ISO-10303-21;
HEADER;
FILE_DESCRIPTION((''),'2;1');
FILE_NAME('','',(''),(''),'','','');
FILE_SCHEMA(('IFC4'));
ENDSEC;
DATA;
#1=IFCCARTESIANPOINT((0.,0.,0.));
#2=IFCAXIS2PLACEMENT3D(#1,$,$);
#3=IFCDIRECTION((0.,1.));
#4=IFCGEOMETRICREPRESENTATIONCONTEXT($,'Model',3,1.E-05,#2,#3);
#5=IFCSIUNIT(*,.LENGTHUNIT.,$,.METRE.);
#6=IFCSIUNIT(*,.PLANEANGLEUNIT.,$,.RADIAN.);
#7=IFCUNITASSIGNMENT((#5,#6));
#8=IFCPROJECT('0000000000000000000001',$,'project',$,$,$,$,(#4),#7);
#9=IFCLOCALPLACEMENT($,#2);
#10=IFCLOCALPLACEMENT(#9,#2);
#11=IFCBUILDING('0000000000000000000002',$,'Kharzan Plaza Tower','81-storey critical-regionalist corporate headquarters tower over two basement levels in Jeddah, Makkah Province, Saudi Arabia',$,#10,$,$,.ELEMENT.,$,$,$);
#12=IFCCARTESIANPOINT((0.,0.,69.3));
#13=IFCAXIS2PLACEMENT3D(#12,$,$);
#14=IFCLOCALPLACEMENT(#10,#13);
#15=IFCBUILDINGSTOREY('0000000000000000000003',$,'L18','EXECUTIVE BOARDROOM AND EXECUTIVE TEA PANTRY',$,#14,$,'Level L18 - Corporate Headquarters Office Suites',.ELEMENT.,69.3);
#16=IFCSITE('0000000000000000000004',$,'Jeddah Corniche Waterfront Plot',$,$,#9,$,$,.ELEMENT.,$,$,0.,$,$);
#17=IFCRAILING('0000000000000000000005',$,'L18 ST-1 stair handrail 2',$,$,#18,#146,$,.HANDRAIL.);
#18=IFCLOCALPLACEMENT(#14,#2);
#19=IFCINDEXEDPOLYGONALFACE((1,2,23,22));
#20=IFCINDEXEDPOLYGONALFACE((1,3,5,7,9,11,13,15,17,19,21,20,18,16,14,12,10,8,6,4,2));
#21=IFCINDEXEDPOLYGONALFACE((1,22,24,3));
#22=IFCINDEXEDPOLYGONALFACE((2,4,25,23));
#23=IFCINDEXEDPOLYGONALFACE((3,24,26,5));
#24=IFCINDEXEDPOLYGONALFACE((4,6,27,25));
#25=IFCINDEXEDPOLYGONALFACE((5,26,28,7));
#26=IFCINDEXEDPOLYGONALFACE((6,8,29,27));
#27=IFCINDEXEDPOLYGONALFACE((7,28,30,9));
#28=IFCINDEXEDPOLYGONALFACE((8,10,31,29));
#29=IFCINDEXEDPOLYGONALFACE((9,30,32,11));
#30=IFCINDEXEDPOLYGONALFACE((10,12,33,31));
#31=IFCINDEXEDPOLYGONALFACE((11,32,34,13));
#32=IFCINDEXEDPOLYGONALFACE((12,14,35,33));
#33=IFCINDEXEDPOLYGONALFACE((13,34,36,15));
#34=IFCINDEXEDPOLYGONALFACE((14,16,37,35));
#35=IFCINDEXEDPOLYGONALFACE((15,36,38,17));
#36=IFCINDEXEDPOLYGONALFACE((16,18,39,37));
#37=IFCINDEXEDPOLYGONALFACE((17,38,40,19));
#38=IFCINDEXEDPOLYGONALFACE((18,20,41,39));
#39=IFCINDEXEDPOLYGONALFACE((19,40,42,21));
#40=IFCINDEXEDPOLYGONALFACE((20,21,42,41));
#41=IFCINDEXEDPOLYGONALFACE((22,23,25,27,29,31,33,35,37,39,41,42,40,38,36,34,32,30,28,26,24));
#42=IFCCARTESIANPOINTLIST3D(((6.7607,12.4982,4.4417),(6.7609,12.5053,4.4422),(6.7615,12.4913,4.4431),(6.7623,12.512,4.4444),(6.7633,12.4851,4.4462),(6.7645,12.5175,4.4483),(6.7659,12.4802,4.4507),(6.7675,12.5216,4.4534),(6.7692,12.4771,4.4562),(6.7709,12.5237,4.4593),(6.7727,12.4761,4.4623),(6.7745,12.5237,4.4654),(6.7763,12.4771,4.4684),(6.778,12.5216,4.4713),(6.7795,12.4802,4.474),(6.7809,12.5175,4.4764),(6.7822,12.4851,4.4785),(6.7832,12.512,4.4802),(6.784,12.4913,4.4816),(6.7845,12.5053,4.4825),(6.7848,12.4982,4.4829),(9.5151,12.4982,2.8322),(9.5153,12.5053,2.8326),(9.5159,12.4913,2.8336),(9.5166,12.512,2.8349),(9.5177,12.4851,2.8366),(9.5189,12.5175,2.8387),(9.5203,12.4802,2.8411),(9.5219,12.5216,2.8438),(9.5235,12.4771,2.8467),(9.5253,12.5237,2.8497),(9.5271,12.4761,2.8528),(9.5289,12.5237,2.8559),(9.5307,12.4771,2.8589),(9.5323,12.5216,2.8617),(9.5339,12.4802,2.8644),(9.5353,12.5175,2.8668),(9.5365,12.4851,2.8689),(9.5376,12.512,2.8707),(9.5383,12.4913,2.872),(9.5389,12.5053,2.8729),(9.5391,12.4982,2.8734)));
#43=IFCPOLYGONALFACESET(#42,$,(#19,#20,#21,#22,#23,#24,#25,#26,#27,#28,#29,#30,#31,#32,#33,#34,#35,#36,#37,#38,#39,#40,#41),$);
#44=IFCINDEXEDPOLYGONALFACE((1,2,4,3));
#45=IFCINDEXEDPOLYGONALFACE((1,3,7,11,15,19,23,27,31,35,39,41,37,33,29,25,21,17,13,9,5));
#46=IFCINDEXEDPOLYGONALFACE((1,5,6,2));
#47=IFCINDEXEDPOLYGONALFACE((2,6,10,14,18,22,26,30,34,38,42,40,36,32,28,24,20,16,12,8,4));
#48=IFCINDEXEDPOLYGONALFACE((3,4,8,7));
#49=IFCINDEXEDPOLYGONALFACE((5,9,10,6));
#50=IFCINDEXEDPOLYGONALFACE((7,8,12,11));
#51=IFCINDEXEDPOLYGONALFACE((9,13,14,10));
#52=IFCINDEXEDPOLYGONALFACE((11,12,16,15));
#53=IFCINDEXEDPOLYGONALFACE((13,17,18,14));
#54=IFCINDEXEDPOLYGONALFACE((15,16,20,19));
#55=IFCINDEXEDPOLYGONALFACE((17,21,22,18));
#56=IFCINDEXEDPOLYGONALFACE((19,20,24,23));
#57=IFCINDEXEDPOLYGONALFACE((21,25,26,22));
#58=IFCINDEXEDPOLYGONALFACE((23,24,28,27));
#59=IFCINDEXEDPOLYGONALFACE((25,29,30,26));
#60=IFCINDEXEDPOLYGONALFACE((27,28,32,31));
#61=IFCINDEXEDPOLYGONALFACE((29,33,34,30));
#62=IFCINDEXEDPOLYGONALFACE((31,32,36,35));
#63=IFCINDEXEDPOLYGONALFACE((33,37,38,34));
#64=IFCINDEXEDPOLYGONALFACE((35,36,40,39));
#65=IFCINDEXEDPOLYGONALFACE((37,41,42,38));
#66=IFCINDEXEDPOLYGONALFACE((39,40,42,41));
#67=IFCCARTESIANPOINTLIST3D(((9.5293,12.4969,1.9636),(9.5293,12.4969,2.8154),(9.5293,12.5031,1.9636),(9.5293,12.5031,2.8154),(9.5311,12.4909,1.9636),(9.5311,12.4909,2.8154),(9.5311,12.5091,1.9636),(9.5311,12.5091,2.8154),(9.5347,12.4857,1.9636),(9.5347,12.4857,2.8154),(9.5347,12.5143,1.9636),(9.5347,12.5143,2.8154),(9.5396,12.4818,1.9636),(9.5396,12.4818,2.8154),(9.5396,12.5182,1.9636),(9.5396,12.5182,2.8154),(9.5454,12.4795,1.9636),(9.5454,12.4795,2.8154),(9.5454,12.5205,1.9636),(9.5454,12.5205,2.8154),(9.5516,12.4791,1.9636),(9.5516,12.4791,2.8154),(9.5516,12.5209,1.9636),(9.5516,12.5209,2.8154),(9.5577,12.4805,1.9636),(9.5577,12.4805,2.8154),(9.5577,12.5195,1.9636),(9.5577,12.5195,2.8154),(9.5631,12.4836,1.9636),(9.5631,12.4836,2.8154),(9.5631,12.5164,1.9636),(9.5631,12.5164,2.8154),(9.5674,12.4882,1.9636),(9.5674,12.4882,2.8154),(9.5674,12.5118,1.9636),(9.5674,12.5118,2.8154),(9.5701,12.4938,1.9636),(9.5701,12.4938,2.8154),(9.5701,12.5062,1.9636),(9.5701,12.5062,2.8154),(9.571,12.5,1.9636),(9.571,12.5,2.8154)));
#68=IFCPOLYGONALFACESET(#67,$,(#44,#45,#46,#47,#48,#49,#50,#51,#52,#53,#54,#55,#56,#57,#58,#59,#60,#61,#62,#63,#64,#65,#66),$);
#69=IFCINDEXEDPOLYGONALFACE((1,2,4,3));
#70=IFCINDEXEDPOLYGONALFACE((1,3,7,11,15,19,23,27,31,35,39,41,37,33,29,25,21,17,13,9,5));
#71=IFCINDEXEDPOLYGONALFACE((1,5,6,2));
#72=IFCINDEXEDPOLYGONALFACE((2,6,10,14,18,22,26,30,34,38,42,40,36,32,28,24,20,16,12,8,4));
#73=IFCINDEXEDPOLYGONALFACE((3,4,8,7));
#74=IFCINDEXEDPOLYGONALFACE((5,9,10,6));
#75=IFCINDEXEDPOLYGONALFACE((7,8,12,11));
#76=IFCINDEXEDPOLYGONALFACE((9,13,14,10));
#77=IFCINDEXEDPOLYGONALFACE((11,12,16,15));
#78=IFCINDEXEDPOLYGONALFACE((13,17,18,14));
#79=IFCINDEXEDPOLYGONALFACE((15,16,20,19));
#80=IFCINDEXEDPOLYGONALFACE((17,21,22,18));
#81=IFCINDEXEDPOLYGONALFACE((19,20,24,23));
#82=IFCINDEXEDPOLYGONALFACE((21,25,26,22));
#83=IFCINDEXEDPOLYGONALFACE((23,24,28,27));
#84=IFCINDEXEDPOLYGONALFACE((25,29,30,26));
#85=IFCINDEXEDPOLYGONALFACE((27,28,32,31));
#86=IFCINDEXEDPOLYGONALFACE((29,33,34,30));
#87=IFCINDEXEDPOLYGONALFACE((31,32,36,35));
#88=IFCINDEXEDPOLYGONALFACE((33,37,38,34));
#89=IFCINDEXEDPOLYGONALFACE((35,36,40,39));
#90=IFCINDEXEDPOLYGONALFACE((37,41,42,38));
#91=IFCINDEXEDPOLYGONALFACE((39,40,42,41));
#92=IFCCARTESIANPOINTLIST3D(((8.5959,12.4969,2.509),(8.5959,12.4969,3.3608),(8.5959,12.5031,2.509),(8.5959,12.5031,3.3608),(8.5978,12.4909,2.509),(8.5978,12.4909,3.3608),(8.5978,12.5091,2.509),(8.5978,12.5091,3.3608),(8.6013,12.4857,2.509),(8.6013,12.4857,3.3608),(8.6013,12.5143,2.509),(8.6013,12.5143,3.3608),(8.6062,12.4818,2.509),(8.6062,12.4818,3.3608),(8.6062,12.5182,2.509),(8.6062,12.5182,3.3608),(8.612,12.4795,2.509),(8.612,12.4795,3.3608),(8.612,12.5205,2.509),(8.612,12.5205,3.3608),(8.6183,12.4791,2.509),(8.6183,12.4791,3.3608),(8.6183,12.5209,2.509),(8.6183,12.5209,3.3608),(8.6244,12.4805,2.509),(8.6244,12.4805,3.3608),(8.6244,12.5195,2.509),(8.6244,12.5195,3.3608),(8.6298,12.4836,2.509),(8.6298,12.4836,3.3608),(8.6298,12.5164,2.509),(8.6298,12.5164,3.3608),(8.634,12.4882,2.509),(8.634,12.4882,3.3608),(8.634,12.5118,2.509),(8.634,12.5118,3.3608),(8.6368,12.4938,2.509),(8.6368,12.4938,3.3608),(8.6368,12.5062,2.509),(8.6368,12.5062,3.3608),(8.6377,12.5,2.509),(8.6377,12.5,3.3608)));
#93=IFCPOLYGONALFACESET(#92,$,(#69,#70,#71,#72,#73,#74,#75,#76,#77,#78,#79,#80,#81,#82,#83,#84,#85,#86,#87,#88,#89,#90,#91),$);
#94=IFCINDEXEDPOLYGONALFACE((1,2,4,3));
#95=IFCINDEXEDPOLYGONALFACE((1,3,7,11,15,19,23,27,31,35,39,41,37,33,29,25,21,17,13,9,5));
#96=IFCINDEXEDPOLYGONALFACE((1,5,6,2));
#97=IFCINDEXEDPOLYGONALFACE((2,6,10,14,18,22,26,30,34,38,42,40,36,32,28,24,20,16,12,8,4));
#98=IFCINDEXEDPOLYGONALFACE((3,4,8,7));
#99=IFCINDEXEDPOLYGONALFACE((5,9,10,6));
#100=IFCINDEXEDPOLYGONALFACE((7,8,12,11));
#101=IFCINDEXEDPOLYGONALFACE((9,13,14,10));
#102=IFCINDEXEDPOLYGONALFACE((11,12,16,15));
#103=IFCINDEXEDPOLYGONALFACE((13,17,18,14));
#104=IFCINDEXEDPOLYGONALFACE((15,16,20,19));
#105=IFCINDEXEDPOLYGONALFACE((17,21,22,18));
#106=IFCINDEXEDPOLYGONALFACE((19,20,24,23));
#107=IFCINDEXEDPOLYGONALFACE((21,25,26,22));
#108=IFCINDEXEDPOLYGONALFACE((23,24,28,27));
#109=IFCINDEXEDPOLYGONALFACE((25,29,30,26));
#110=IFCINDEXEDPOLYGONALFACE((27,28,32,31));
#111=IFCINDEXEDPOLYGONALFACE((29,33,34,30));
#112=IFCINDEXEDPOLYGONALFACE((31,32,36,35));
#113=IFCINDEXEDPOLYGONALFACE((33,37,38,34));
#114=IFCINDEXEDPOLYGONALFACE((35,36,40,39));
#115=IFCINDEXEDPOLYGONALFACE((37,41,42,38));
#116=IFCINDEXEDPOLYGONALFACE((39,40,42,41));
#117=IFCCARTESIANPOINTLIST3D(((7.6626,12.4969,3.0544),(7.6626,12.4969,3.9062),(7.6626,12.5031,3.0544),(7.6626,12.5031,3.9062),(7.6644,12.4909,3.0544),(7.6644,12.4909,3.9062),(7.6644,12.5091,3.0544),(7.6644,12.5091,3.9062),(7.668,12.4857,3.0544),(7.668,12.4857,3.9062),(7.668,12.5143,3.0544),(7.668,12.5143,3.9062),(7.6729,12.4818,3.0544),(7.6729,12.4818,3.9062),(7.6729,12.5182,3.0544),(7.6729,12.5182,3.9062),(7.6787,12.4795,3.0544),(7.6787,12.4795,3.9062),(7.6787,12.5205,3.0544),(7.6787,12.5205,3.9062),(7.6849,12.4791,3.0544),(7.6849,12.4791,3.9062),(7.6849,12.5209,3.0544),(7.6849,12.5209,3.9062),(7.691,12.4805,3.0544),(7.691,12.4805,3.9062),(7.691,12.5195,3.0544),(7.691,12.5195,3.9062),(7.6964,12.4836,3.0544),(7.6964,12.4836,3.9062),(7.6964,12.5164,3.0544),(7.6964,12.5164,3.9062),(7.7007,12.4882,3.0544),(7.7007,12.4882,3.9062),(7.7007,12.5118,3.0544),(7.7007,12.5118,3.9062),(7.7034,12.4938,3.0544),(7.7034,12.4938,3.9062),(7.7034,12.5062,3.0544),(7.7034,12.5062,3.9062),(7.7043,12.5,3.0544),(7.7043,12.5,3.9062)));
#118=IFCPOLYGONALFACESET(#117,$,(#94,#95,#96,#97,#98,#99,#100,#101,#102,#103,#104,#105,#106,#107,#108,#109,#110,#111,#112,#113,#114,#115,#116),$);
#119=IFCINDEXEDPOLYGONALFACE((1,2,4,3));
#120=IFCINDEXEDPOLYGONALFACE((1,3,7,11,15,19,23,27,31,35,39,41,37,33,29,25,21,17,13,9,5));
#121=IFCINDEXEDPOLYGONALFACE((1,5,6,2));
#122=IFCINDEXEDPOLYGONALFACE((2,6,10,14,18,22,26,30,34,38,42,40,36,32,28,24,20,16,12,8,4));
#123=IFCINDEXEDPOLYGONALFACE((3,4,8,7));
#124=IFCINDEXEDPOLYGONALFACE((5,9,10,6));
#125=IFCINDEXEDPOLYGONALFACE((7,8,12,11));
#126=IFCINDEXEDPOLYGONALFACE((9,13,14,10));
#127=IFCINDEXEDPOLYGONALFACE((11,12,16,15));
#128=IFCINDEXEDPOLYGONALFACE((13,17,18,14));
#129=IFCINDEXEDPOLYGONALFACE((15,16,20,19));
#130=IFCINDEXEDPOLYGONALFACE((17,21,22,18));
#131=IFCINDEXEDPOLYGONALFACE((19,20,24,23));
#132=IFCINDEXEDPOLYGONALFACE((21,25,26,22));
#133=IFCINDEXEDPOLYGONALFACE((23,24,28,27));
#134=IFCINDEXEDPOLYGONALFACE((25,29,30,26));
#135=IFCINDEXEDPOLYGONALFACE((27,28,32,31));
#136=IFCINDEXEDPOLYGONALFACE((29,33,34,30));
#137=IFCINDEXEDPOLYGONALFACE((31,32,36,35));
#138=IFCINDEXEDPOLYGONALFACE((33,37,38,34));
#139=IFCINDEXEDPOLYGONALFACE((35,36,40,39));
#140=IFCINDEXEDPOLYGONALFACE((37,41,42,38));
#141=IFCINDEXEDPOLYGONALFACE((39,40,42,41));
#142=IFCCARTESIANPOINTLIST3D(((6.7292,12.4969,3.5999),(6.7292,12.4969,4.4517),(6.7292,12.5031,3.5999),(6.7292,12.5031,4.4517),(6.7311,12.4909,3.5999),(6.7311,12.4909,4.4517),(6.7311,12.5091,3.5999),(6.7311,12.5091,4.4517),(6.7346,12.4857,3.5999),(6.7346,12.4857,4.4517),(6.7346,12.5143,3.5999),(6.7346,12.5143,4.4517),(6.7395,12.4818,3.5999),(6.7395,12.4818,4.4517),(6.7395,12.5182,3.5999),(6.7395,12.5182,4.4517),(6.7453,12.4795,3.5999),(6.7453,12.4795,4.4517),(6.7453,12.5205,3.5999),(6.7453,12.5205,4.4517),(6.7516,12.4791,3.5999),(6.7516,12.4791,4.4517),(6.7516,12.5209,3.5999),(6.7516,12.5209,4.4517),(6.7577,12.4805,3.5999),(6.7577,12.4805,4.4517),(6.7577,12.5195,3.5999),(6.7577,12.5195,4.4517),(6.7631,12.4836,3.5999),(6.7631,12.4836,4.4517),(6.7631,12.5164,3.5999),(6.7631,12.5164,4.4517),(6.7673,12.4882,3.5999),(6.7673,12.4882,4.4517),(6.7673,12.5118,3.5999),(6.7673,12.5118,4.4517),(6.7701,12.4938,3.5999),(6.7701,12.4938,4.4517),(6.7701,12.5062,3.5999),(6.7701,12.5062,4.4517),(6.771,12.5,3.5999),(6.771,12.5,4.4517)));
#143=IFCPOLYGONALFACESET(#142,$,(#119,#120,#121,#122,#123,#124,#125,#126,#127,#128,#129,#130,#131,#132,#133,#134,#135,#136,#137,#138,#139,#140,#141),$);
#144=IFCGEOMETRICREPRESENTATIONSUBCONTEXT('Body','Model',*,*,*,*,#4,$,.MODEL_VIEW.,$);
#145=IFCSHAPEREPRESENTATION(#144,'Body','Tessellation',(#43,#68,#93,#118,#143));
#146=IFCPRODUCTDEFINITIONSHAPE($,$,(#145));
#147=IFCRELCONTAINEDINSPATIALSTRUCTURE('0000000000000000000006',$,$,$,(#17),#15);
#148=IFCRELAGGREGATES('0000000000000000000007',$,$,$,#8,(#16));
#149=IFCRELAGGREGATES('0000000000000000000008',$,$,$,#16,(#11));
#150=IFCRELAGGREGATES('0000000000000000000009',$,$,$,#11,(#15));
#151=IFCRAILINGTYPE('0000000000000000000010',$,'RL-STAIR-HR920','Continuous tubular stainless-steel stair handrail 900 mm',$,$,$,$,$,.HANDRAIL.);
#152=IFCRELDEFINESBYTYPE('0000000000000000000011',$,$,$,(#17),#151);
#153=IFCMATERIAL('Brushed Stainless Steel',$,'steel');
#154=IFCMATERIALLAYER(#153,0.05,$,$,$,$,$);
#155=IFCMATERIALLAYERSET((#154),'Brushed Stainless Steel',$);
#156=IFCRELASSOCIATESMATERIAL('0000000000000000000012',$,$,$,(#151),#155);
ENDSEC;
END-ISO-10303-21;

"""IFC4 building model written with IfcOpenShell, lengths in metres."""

from ifc_helpers import new_model, si_unit, direction, frame, origin, origin_2d, place, context, subcontext, project, spatial, circle, extrude, source, transform, mapped, material, layer, layer_set, type_object, element, save


model = new_model("IFC4")

# Units and contexts
model_context = context("Model", 3, precision=1e-05, world=origin(), true_north=direction((0.0, 1.0)))
body_context = subcontext(model_context, "Body", "Model", "MODEL_VIEW")
ifc_project = project(units=[si_unit("LENGTHUNIT", "METRE"), si_unit("PLANEANGLEUNIT", "RADIAN")], contexts=[model_context])

# Site, building, storey
site_placement = place(None, origin())
site = spatial("IfcSite", under=ifc_project, at=site_placement, Name="Jeddah Corniche Waterfront Plot", CompositionType="ELEMENT", RefElevation=0.0)
building_placement = place(site_placement, origin())
building = spatial("IfcBuilding", under=site, at=building_placement, Name="Kharzan Plaza Tower", Description="81-storey critical-regionalist corporate headquarters tower over two basement levels in Jeddah, Makkah Province, Saudi Arabia", CompositionType="ELEMENT")
storey_placement = place(building_placement, frame((0.0, 0.0, 69.3)))
storey = spatial("IfcBuildingStorey", under=building, at=storey_placement, Name="L18", Description="EXECUTIVE BOARDROOM AND EXECUTIVE TEA PANTRY", LongName="Level L18 - Corporate Headquarters Office Suites", CompositionType="ELEMENT", Elevation=69.3)

# Shared definitions
ifc_material_1 = material(Name="Brushed Stainless Steel", Category="steel")

# Railing
ifc_layer_1 = layer(ifc_material_1, 0.05)
ifc_layer_set_1 = layer_set([ifc_layer_1], Name="Brushed Stainless Steel")
railing_type_1 = type_object("IfcRailingType", Name="RL-STAIR-HR920", Description="Continuous tubular stainless-steel stair handrail 900 mm", PredefinedType="HANDRAIL", material=ifc_layer_set_1)
shared_shape_1 = source(origin(), body_context, "Body", "SweptSolid", [
    extrude(circle(Radius=0.0239, at=origin_2d()), frame((-0.0229, 0.0, 0.8892), z_axis=(-0.863394, 0.0, 0.504531), x_axis=(0.0, -1.0, 0.0)), (0.0, 0.0, 1.0), 3.1902),
    extrude(circle(Radius=0.021, at=origin_2d()), origin(), (0.0, 0.0, 1.0), 0.8518),
    extrude(circle(Radius=0.021, at=origin_2d()), frame((-0.9333, 0.0, 0.5454)), (0.0, 0.0, 1.0), 0.8518),
    extrude(circle(Radius=0.021, at=origin_2d()), frame((-1.8667, 0.0, 1.0908)), (0.0, 0.0, 1.0), 0.8518),
    extrude(circle(Radius=0.021, at=origin_2d()), frame((-2.8, 0.0, 1.6362)), (0.0, 0.0, 1.0), 0.8518),
])
railing_1_placement = place(storey_placement, frame((9.55, 12.5, 1.9636)))
element("IfcRailing", 1, at=railing_1_placement, inside=storey, type_object=railing_type_1, Name="L18 ST-1 stair handrail 2", PredefinedType="HANDRAIL", context=body_context, shape_type="MappedRepresentation", body=[
    mapped(shared_shape_1, transform((0.0, 0.0, 0.0), x_axis=(1.0, 0.0, 0.0), y_axis=(0.0, 1.0, 0.0), z_axis=(0.0, 0.0, 1.0))),
])

save(model, "model.ifc")
